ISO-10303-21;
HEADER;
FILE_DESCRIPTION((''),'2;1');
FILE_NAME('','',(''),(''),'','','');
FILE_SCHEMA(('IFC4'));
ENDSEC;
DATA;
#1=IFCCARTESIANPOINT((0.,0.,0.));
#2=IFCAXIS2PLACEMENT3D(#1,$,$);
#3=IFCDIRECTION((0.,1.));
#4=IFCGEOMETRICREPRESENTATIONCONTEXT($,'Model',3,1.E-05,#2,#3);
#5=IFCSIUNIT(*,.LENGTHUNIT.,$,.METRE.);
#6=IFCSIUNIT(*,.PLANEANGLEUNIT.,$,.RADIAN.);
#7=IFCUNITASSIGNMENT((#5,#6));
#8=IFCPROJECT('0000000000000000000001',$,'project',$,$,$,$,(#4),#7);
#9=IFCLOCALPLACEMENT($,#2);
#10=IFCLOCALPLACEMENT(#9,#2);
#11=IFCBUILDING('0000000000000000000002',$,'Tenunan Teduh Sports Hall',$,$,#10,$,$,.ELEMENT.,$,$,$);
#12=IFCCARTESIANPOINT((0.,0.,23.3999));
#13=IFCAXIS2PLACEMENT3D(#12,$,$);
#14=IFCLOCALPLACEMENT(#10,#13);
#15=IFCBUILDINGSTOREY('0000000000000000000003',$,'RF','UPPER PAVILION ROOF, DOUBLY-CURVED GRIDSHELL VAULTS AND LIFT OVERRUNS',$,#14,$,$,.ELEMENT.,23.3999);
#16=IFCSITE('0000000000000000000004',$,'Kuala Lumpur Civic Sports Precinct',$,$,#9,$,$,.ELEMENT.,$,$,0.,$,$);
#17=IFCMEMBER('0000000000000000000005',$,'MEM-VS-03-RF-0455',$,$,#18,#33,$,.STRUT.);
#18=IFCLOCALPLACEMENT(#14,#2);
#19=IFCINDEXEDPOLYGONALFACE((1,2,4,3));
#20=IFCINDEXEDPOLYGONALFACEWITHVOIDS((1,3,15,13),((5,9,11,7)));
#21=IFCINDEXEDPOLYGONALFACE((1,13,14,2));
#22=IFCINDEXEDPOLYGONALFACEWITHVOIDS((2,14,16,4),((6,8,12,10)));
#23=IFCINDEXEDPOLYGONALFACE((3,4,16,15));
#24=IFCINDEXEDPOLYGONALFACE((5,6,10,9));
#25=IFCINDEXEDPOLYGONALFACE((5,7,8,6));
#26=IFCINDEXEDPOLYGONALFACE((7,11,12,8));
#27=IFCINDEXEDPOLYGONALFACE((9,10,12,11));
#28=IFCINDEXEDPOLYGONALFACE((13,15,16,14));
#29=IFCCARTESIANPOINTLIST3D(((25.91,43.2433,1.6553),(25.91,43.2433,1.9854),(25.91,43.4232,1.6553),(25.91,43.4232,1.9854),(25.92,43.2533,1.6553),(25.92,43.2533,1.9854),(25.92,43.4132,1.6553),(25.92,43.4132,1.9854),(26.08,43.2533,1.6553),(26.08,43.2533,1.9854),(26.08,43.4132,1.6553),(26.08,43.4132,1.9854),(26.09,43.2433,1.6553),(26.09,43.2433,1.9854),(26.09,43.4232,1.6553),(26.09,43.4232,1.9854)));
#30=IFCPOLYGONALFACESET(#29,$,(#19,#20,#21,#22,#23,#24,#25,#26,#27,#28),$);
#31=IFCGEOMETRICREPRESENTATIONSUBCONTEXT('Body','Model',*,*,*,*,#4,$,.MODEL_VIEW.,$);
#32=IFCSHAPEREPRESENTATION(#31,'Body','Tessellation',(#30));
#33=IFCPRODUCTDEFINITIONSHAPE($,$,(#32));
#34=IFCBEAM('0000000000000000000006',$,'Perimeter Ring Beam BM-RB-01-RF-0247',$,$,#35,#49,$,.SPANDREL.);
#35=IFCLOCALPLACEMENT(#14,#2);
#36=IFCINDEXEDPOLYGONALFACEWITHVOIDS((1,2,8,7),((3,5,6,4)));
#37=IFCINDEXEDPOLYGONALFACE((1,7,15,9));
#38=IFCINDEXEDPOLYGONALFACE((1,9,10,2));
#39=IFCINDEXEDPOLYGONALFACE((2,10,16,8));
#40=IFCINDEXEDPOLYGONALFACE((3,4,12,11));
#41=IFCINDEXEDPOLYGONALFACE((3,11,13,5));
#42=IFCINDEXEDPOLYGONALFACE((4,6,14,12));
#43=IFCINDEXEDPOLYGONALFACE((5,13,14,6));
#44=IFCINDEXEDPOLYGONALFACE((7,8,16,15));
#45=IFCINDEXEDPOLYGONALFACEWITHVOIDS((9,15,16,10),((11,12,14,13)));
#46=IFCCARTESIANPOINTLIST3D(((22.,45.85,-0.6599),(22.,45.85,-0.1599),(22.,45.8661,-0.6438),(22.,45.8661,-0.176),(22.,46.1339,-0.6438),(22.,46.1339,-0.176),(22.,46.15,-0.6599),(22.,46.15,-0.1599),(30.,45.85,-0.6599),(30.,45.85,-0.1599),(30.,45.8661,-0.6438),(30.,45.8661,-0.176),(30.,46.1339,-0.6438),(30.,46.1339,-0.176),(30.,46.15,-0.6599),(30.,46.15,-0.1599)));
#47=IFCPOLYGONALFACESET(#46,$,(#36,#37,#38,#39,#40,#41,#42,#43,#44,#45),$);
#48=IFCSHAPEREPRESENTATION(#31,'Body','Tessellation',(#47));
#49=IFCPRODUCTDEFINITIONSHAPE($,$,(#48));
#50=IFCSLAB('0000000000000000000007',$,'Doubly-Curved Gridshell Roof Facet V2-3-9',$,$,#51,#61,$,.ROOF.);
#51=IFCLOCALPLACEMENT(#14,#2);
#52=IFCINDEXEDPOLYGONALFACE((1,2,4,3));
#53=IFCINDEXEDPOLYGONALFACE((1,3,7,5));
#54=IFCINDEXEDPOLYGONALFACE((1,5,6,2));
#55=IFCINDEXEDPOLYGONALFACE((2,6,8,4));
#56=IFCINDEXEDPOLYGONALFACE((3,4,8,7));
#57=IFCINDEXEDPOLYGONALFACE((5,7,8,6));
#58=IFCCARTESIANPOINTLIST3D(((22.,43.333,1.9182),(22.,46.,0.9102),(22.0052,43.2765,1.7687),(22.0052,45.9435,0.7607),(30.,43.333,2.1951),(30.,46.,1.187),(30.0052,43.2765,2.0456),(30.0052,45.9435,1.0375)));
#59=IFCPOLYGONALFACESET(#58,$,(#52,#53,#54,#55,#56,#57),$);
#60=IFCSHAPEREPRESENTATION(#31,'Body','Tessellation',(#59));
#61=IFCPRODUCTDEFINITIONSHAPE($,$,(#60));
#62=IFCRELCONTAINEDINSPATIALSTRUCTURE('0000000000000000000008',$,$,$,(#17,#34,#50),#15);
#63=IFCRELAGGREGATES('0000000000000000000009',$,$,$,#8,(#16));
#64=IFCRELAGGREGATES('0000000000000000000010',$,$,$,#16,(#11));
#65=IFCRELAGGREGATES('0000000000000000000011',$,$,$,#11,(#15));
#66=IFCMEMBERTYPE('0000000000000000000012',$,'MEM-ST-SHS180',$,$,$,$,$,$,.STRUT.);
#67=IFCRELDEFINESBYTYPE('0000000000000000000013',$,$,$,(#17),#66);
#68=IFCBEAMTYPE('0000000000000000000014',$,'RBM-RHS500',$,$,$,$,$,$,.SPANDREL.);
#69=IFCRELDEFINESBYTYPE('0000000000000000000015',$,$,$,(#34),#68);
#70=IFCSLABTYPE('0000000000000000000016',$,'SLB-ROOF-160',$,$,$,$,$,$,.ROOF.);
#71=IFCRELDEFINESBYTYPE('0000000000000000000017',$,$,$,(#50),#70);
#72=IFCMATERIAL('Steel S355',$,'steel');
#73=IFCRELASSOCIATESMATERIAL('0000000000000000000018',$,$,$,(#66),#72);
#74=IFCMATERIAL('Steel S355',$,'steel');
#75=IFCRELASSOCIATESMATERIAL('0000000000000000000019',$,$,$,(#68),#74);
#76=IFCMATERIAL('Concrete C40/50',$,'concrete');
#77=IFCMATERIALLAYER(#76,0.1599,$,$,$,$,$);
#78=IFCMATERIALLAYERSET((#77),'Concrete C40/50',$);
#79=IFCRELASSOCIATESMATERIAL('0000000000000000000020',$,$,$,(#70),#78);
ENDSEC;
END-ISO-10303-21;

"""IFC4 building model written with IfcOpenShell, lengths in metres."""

from ifc_helpers import new_model, si_unit, direction, frame, origin, origin_2d, place, context, subcontext, project, spatial, polyline, hollow_rectangle, outline, extrude, material, layer, layer_set, material_profile, profile_set, type_object, element, save


model = new_model("IFC4")

# Units and contexts
model_context = context("Model", 3, precision=1e-05, world=origin(), true_north=direction((0.0, 1.0)))
body_context = subcontext(model_context, "Body", "Model", "MODEL_VIEW")
ifc_project = project(units=[si_unit("LENGTHUNIT", "METRE"), si_unit("PLANEANGLEUNIT", "RADIAN")], contexts=[model_context])

# Site, building, storey
site_placement = place(None, origin())
site = spatial("IfcSite", under=ifc_project, at=site_placement, Name="Kuala Lumpur Civic Sports Precinct", CompositionType="ELEMENT", RefElevation=0.0)
building_placement = place(site_placement, origin())
building = spatial("IfcBuilding", under=site, at=building_placement, Name="Tenunan Teduh Sports Hall", CompositionType="ELEMENT")
storey_placement = place(building_placement, frame((0.0, 0.0, 23.3999)))
storey = spatial("IfcBuildingStorey", under=building, at=storey_placement, Name="RF", Description="UPPER PAVILION ROOF, DOUBLY-CURVED GRIDSHELL VAULTS AND LIFT OVERRUNS", CompositionType="ELEMENT", Elevation=23.3999)

# Member
ifc_material_1 = material(Name="Steel S355", Category="steel")
ifc_material_profile_1 = material_profile(ifc_material_1, hollow_rectangle(XDim=0.1799, YDim=0.1799, WallThickness=0.01, at=origin_2d()), Name="SHS 180x180x10.0")
ifc_profile_set_1 = profile_set([ifc_material_profile_1], Name="Steel S355")
member_type_1 = type_object("IfcMemberType", Name="MEM-ST-SHS180", PredefinedType="STRUT", material=ifc_profile_set_1)
for number, where, z_axis, x_axis, name in (
    (1, (26.0, 43.3333, 1.6553), (0.0, 0.0, 1.0), (1.0, 0.0, 0.0), "MEM-VS-03-RF-0455"),
):
    element("IfcMember", number, at=place(storey_placement, frame(where, z_axis=z_axis, x_axis=x_axis)), inside=storey, type_object=member_type_1, Name=name, PredefinedType="STRUT", context=body_context, shape_type="SweptSolid", body=[
        extrude(hollow_rectangle(XDim=0.1799, YDim=0.1799, WallThickness=0.01, at=origin_2d()), origin(), (0.0, 0.0, 1.0), 0.3301),
    ])

# Beam
ifc_material_2 = material(Name="Steel S355", Category="steel")
ifc_material_profile_2 = material_profile(ifc_material_2, hollow_rectangle(XDim=0.3, YDim=0.5, WallThickness=0.0161, at=origin_2d()), Name="RHS 500x300x16.0")
ifc_profile_set_2 = profile_set([ifc_material_profile_2], Name="Steel S355")
beam_type_1 = type_object("IfcBeamType", Name="RBM-RHS500", PredefinedType="SPANDREL", material=ifc_profile_set_2)
beam_1_placement = place(storey_placement, frame((22.0, 46.0, -0.4099), z_axis=(1.0, 0.0, 0.0), x_axis=(0.0, 1.0, 0.0)))
element("IfcBeam", 2, at=beam_1_placement, inside=storey, type_object=beam_type_1, Name="Perimeter Ring Beam BM-RB-01-RF-0247", PredefinedType="SPANDREL", context=body_context, shape_type="SweptSolid", body=[
    extrude(hollow_rectangle(XDim=0.3, YDim=0.5, WallThickness=0.0161, at=origin_2d()), origin(), (0.0, 0.0, 1.0), 8.0),
])

# Slab
ifc_material_3 = material(Name="Concrete C40/50", Category="concrete")
ifc_layer = layer(ifc_material_3, 0.1599)
ifc_layer_set = layer_set([ifc_layer], Name="Concrete C40/50")
slab_type = type_object("IfcSlabType", Name="SLB-ROOF-160", PredefinedType="ROOF", material=ifc_layer_set)
slab_placement = place(storey_placement, frame((22.0, 43.333, 1.9182), z_axis=(-0.032355, 0.353377, 0.934921), x_axis=(0.999402, 0.0, 0.034586)))
element("IfcSlab", 3, at=slab_placement, inside=storey, type_object=slab_type, Name="Doubly-Curved Gridshell Roof Facet V2-3-9", PredefinedType="ROOF", context=body_context, shape_type="SweptSolid", body=[
    extrude(outline(polyline([(0.0, 0.0), (8.0048, 0.0), (7.9699, 2.8509), (-0.0349, 2.8509), (0.0, 0.0)])), origin(), (0.0, 0.0, -1.0), 0.1599),
])

save(model, "model.ifc")
